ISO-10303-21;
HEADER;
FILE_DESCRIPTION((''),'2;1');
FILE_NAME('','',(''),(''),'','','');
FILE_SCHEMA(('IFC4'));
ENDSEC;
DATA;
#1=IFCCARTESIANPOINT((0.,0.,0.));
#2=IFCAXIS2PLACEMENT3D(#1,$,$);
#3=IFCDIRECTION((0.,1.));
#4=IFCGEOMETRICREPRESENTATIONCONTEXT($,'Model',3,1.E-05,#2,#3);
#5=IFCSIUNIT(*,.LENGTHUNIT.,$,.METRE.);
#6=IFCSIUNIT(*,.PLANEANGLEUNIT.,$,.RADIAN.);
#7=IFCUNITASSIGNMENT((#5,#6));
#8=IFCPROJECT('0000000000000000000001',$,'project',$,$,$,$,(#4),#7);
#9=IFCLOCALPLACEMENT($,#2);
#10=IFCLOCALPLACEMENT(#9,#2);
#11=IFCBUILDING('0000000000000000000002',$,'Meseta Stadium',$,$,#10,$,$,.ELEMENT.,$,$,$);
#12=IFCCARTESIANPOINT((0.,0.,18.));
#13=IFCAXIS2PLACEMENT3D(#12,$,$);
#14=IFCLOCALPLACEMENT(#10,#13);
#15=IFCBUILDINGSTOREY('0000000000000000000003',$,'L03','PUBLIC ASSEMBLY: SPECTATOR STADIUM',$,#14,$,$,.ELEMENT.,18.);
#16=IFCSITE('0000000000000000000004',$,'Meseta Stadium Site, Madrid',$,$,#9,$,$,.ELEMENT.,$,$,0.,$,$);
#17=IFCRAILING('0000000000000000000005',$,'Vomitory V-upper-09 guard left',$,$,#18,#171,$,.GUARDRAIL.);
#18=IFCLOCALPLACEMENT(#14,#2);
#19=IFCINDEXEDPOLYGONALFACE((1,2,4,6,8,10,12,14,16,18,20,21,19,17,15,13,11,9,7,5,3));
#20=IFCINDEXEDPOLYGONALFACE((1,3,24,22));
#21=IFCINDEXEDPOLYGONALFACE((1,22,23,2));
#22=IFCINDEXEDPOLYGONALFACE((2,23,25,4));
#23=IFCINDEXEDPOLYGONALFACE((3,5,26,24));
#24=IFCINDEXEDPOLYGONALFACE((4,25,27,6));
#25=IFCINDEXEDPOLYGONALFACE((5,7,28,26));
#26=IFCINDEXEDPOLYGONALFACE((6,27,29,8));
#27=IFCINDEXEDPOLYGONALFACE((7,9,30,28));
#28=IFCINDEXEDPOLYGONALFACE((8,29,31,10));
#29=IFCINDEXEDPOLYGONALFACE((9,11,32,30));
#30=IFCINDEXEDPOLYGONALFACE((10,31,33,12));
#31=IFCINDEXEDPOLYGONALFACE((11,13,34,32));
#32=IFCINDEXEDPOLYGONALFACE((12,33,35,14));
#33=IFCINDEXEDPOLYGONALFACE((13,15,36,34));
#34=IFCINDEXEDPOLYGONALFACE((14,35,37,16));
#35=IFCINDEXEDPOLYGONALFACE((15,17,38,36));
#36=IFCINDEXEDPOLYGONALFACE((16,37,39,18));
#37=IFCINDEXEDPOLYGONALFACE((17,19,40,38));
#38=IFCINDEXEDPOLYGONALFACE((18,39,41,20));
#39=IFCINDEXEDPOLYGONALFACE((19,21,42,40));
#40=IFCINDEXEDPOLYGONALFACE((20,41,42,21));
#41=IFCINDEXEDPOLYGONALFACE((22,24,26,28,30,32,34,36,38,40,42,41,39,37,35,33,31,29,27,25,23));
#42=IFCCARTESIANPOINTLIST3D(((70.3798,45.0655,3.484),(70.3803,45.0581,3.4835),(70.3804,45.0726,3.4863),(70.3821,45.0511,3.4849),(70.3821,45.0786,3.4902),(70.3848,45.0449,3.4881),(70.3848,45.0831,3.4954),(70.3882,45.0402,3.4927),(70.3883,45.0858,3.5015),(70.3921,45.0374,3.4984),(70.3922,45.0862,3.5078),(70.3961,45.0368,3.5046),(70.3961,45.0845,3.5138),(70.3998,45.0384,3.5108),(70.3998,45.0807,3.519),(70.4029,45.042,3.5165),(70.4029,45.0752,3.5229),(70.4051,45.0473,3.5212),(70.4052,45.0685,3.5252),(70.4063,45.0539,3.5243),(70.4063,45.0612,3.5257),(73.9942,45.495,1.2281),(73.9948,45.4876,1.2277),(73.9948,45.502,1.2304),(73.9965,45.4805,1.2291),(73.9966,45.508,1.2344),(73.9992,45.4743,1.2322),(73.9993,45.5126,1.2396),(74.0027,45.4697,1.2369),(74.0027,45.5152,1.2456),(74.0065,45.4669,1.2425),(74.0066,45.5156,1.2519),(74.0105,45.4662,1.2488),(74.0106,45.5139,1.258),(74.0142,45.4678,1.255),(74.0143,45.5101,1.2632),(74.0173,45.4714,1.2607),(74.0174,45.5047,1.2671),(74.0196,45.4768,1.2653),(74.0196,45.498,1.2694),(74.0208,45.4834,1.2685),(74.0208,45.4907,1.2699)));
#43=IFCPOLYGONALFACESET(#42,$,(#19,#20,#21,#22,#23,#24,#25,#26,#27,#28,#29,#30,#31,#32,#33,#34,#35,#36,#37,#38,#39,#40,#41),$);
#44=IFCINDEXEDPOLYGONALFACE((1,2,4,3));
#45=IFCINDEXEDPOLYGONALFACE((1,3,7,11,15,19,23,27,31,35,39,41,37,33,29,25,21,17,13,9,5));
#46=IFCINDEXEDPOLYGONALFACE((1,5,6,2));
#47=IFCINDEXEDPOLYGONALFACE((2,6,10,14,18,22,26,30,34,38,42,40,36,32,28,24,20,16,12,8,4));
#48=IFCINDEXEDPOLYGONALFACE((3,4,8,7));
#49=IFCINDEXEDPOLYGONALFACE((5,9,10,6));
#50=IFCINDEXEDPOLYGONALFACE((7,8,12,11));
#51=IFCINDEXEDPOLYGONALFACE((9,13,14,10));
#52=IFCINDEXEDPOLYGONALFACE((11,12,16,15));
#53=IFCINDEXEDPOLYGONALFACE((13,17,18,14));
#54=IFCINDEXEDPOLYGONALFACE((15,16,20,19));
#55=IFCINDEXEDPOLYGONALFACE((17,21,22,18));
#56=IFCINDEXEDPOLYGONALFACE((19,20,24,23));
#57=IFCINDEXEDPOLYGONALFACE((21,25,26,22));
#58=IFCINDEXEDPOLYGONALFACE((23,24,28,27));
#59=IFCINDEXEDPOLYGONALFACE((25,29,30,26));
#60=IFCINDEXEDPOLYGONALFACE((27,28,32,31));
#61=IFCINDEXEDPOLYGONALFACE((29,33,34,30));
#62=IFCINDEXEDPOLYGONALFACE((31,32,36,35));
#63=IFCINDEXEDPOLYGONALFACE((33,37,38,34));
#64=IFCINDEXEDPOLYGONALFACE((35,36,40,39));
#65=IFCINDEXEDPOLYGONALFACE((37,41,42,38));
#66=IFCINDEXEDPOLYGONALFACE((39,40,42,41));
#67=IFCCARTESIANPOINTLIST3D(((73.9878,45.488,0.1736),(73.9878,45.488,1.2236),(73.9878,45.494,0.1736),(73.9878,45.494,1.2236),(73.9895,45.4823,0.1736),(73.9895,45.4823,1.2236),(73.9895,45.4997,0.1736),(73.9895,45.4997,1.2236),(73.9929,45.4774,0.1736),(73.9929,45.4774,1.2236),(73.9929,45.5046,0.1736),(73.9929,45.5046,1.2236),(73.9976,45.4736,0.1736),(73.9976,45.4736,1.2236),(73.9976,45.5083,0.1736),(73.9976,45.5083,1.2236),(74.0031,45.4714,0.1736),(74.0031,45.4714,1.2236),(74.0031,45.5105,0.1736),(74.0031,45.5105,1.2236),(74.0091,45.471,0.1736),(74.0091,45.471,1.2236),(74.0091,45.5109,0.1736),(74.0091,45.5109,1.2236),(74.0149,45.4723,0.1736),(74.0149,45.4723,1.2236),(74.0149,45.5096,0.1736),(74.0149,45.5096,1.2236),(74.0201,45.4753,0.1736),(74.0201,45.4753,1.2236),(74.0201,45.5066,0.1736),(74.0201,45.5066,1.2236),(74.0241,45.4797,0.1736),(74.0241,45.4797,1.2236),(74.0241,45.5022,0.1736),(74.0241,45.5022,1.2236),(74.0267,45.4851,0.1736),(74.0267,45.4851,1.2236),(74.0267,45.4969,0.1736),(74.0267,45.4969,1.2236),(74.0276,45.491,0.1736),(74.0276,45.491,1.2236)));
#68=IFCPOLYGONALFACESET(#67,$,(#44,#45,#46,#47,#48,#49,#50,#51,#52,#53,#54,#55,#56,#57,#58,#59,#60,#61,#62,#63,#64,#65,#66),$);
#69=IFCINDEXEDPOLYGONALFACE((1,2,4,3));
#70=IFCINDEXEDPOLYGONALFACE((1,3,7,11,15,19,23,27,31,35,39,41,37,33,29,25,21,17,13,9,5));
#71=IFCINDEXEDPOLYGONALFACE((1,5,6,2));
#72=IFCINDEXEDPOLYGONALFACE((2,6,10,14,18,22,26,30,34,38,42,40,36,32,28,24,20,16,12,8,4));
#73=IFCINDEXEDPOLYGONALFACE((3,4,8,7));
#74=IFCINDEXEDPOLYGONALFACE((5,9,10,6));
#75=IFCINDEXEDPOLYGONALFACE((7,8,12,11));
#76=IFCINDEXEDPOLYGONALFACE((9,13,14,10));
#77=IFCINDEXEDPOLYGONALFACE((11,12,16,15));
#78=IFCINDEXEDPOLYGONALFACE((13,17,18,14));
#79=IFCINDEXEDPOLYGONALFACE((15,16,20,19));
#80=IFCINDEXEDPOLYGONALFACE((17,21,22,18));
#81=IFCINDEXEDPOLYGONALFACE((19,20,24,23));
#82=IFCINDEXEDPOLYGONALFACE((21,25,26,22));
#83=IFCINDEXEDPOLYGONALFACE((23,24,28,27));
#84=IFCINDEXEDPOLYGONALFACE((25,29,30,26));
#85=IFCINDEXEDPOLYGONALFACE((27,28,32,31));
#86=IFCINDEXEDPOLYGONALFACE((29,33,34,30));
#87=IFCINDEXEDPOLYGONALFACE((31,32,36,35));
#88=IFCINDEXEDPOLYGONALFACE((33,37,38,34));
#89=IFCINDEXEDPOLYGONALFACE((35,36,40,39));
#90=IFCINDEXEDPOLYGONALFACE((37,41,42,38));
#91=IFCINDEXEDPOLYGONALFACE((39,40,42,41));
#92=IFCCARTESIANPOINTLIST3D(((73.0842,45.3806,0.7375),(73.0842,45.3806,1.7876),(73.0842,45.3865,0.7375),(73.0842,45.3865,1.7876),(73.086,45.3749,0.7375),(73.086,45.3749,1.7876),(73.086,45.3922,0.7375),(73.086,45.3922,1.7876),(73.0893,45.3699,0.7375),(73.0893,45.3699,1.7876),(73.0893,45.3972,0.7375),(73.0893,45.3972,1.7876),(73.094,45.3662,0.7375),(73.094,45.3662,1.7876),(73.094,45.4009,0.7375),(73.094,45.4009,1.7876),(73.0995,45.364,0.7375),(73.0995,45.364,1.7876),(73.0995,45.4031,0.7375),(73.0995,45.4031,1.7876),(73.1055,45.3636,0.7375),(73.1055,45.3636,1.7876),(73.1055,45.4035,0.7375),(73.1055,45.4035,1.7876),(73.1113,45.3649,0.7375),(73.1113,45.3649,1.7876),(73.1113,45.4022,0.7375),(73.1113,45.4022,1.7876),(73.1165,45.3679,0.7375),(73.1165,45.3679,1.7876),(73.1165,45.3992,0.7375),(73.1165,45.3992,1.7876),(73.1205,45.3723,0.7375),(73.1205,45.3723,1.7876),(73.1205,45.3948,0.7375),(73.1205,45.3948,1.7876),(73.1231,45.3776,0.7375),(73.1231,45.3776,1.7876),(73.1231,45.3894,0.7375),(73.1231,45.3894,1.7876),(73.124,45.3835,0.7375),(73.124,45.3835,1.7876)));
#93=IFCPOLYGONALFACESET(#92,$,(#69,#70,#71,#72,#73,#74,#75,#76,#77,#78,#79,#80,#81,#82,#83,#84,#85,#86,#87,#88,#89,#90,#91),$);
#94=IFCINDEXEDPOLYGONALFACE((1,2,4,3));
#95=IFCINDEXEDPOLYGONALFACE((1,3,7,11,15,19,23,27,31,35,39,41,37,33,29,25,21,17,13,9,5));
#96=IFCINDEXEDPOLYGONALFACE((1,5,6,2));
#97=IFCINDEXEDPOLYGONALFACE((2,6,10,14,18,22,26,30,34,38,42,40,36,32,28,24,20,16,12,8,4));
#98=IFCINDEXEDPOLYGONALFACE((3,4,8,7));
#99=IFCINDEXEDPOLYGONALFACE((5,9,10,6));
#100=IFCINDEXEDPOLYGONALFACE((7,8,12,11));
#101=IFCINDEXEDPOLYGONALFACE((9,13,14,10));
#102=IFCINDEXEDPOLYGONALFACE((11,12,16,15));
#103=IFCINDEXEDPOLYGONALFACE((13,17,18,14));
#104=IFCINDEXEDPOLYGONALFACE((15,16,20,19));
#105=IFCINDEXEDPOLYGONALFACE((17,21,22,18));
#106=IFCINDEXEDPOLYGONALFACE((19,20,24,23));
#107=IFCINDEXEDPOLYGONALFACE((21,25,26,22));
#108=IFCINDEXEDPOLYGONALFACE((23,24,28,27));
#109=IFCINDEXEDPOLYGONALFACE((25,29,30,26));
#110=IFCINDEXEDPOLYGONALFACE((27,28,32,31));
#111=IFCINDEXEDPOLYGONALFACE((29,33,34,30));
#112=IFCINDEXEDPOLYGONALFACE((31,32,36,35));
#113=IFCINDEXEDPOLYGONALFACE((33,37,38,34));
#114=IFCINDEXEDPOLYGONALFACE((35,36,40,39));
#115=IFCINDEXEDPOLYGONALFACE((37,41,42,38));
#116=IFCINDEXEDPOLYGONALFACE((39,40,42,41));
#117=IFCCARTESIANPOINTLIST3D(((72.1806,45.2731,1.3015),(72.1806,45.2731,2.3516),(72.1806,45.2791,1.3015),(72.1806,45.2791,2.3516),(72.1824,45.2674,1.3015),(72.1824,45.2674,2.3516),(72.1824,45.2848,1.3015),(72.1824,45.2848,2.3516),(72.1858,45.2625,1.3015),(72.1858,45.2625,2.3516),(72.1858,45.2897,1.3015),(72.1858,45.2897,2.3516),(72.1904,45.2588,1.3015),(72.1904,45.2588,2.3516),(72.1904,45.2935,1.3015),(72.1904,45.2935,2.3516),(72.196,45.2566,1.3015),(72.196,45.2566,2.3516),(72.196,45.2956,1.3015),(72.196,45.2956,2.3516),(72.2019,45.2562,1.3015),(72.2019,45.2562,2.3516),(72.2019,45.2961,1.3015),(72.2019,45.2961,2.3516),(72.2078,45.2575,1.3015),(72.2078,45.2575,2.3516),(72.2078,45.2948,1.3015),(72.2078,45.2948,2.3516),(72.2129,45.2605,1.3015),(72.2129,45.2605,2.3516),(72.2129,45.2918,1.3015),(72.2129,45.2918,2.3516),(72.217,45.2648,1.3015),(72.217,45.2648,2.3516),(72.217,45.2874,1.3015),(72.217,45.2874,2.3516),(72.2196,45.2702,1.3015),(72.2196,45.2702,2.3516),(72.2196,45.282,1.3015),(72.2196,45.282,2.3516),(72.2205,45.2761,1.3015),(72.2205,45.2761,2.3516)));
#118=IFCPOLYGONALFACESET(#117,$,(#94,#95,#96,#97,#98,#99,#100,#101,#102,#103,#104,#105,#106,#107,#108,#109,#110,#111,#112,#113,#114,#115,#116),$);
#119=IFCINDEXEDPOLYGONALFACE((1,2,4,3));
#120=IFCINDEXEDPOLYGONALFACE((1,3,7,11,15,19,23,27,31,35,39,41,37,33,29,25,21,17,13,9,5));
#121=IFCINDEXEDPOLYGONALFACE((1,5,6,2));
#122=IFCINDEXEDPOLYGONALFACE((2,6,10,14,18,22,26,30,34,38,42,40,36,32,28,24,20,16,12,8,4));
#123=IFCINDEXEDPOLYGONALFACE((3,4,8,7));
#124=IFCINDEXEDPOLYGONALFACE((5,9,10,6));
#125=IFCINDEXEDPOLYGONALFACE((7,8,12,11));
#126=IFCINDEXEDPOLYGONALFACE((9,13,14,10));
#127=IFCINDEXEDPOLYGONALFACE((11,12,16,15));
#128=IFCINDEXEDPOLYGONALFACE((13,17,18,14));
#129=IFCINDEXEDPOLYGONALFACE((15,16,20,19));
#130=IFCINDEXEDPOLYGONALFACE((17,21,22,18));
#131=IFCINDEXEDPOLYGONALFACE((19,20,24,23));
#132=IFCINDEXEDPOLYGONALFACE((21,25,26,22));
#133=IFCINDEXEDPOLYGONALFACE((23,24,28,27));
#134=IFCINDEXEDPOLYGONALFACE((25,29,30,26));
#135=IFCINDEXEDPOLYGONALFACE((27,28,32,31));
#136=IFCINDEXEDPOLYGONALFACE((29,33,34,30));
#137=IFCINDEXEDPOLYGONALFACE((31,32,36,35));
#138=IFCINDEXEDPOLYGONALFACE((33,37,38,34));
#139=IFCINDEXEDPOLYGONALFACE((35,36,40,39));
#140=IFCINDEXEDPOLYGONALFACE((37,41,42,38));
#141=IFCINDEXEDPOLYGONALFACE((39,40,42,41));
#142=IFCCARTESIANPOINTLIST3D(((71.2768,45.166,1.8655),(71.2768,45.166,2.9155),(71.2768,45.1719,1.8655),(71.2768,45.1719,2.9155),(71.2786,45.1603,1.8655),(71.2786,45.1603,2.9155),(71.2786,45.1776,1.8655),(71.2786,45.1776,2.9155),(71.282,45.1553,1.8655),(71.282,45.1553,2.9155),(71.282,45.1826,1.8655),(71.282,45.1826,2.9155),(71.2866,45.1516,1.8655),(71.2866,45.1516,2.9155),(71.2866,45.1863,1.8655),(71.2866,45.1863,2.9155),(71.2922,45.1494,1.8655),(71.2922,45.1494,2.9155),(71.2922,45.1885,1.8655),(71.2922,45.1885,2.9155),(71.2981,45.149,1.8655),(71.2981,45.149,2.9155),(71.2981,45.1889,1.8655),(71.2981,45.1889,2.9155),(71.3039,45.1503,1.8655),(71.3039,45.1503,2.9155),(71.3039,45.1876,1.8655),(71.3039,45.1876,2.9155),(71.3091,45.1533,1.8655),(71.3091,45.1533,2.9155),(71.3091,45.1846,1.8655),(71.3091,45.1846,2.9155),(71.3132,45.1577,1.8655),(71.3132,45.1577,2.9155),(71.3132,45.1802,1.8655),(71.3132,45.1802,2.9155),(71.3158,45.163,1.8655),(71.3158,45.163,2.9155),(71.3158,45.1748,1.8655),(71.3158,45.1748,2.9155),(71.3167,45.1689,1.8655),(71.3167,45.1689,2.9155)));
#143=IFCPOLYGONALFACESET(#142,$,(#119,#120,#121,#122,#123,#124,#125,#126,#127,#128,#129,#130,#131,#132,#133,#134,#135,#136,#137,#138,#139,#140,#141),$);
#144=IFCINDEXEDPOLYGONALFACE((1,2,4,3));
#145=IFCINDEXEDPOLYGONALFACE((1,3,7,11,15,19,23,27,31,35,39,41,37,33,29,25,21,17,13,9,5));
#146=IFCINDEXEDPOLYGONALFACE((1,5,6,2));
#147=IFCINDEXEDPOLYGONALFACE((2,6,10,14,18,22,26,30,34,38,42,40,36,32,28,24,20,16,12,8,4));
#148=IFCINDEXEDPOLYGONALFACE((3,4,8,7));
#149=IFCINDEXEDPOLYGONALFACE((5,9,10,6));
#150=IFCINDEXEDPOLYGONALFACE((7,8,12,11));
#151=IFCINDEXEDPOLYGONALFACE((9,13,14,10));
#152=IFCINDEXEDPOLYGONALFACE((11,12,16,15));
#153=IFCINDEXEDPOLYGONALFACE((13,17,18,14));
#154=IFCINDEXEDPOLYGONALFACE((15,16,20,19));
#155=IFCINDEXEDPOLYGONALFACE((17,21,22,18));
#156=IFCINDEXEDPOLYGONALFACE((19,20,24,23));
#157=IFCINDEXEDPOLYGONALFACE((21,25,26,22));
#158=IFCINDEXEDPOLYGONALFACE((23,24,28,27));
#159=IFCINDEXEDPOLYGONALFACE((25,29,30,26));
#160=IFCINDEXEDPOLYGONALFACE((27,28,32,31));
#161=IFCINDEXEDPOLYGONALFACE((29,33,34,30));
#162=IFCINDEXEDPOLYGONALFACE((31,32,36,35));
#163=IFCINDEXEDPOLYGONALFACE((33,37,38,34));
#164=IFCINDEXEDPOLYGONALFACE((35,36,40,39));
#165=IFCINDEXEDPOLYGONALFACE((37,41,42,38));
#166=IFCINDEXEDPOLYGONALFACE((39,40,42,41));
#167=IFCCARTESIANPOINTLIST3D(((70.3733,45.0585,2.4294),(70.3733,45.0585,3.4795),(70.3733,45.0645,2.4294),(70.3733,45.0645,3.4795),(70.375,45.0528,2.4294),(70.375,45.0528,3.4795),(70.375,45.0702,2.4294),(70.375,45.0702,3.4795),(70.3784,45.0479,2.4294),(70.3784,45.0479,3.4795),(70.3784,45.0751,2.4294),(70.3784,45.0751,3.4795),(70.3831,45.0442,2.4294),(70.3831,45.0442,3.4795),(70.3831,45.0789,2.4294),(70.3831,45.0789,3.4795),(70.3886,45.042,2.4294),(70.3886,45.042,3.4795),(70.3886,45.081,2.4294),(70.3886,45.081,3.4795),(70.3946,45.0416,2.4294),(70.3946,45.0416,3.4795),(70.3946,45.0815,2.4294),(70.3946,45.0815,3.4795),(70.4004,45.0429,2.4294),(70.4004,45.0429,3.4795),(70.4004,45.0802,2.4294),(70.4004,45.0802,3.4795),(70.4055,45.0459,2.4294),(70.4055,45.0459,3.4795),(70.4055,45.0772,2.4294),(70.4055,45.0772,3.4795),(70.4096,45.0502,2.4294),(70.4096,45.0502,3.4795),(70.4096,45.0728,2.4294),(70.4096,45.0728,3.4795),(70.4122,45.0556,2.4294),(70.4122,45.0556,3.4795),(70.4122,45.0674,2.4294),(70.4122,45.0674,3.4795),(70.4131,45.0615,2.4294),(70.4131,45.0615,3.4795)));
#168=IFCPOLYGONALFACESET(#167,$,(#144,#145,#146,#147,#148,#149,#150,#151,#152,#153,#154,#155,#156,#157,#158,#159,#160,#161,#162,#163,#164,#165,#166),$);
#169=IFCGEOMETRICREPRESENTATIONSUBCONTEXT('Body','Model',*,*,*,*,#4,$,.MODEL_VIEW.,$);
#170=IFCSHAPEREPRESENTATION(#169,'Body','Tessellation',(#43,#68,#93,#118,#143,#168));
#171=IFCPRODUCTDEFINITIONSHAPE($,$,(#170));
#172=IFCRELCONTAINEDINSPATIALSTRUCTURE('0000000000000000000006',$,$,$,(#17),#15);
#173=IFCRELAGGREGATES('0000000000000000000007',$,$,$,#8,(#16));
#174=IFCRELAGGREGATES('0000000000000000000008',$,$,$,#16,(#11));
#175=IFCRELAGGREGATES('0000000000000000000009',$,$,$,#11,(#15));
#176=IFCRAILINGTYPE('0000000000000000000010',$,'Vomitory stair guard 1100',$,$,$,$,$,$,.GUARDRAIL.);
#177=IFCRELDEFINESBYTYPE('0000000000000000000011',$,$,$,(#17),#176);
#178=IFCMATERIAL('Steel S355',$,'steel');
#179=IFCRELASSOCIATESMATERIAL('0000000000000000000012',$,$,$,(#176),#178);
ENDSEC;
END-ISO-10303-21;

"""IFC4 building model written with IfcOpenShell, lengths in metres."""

from ifc_helpers import new_model, si_unit, direction, frame, origin, origin_2d, place, context, subcontext, project, spatial, circle, extrude, material, type_object, element, save


model = new_model("IFC4")

# Units and contexts
model_context = context("Model", 3, precision=1e-05, world=origin(), true_north=direction((0.0, 1.0)))
body_context = subcontext(model_context, "Body", "Model", "MODEL_VIEW")
ifc_project = project(units=[si_unit("LENGTHUNIT", "METRE"), si_unit("PLANEANGLEUNIT", "RADIAN")], contexts=[model_context])

# Site, building, storey
site_placement = place(None, origin())
site = spatial("IfcSite", under=ifc_project, at=site_placement, Name="Meseta Stadium Site, Madrid", CompositionType="ELEMENT", RefElevation=0.0)
building_placement = place(site_placement, origin())
building = spatial("IfcBuilding", under=site, at=building_placement, Name="Meseta Stadium", CompositionType="ELEMENT")
storey_placement = place(building_placement, frame((0.0, 0.0, 18.0)))
storey = spatial("IfcBuildingStorey", under=building, at=storey_placement, Name="L03", Description="PUBLIC ASSEMBLY: SPECTATOR STADIUM", CompositionType="ELEMENT", Elevation=18.0)

# Railing
ifc_material_1 = material(Name="Steel S355", Category="steel")
railing_type_1 = type_object("IfcRailingType", Name="Vomitory stair guard 1100", PredefinedType="GUARDRAIL", material=ifc_material_1)
railing_1_placement = place(storey_placement, frame((74.0076, 45.491, 0.1736)))
element("IfcRailing", 1, at=railing_1_placement, inside=storey, type_object=railing_type_1, Name="Vomitory V-upper-09 guard left", PredefinedType="GUARDRAIL", context=body_context, shape_type="SweptSolid", body=[
    extrude(circle(Radius=0.0249, at=origin_2d()), frame((0.0, 0.0, 1.0752), z_axis=(-0.84406, -0.100284, 0.526789), x_axis=(0.117981, -0.993016, 0.0)), (0.0, 0.0, 1.0), 4.2822),
    extrude(circle(Radius=0.02, at=origin_2d()), origin(), (0.0, 0.0, 1.0), 1.05),
    extrude(circle(Radius=0.02, at=origin_2d()), frame((-0.9036, -0.1074, 0.564)), (0.0, 0.0, 1.0), 1.05),
    extrude(circle(Radius=0.02, at=origin_2d()), frame((-1.8071, -0.2148, 1.1279)), (0.0, 0.0, 1.0), 1.05),
    extrude(circle(Radius=0.02, at=origin_2d()), frame((-2.7109, -0.322, 1.6919)), (0.0, 0.0, 1.0), 1.05),
    extrude(circle(Radius=0.02, at=origin_2d()), frame((-3.6145, -0.4294, 2.2559)), (0.0, 0.0, 1.0), 1.05),
])

save(model, "model.ifc")
